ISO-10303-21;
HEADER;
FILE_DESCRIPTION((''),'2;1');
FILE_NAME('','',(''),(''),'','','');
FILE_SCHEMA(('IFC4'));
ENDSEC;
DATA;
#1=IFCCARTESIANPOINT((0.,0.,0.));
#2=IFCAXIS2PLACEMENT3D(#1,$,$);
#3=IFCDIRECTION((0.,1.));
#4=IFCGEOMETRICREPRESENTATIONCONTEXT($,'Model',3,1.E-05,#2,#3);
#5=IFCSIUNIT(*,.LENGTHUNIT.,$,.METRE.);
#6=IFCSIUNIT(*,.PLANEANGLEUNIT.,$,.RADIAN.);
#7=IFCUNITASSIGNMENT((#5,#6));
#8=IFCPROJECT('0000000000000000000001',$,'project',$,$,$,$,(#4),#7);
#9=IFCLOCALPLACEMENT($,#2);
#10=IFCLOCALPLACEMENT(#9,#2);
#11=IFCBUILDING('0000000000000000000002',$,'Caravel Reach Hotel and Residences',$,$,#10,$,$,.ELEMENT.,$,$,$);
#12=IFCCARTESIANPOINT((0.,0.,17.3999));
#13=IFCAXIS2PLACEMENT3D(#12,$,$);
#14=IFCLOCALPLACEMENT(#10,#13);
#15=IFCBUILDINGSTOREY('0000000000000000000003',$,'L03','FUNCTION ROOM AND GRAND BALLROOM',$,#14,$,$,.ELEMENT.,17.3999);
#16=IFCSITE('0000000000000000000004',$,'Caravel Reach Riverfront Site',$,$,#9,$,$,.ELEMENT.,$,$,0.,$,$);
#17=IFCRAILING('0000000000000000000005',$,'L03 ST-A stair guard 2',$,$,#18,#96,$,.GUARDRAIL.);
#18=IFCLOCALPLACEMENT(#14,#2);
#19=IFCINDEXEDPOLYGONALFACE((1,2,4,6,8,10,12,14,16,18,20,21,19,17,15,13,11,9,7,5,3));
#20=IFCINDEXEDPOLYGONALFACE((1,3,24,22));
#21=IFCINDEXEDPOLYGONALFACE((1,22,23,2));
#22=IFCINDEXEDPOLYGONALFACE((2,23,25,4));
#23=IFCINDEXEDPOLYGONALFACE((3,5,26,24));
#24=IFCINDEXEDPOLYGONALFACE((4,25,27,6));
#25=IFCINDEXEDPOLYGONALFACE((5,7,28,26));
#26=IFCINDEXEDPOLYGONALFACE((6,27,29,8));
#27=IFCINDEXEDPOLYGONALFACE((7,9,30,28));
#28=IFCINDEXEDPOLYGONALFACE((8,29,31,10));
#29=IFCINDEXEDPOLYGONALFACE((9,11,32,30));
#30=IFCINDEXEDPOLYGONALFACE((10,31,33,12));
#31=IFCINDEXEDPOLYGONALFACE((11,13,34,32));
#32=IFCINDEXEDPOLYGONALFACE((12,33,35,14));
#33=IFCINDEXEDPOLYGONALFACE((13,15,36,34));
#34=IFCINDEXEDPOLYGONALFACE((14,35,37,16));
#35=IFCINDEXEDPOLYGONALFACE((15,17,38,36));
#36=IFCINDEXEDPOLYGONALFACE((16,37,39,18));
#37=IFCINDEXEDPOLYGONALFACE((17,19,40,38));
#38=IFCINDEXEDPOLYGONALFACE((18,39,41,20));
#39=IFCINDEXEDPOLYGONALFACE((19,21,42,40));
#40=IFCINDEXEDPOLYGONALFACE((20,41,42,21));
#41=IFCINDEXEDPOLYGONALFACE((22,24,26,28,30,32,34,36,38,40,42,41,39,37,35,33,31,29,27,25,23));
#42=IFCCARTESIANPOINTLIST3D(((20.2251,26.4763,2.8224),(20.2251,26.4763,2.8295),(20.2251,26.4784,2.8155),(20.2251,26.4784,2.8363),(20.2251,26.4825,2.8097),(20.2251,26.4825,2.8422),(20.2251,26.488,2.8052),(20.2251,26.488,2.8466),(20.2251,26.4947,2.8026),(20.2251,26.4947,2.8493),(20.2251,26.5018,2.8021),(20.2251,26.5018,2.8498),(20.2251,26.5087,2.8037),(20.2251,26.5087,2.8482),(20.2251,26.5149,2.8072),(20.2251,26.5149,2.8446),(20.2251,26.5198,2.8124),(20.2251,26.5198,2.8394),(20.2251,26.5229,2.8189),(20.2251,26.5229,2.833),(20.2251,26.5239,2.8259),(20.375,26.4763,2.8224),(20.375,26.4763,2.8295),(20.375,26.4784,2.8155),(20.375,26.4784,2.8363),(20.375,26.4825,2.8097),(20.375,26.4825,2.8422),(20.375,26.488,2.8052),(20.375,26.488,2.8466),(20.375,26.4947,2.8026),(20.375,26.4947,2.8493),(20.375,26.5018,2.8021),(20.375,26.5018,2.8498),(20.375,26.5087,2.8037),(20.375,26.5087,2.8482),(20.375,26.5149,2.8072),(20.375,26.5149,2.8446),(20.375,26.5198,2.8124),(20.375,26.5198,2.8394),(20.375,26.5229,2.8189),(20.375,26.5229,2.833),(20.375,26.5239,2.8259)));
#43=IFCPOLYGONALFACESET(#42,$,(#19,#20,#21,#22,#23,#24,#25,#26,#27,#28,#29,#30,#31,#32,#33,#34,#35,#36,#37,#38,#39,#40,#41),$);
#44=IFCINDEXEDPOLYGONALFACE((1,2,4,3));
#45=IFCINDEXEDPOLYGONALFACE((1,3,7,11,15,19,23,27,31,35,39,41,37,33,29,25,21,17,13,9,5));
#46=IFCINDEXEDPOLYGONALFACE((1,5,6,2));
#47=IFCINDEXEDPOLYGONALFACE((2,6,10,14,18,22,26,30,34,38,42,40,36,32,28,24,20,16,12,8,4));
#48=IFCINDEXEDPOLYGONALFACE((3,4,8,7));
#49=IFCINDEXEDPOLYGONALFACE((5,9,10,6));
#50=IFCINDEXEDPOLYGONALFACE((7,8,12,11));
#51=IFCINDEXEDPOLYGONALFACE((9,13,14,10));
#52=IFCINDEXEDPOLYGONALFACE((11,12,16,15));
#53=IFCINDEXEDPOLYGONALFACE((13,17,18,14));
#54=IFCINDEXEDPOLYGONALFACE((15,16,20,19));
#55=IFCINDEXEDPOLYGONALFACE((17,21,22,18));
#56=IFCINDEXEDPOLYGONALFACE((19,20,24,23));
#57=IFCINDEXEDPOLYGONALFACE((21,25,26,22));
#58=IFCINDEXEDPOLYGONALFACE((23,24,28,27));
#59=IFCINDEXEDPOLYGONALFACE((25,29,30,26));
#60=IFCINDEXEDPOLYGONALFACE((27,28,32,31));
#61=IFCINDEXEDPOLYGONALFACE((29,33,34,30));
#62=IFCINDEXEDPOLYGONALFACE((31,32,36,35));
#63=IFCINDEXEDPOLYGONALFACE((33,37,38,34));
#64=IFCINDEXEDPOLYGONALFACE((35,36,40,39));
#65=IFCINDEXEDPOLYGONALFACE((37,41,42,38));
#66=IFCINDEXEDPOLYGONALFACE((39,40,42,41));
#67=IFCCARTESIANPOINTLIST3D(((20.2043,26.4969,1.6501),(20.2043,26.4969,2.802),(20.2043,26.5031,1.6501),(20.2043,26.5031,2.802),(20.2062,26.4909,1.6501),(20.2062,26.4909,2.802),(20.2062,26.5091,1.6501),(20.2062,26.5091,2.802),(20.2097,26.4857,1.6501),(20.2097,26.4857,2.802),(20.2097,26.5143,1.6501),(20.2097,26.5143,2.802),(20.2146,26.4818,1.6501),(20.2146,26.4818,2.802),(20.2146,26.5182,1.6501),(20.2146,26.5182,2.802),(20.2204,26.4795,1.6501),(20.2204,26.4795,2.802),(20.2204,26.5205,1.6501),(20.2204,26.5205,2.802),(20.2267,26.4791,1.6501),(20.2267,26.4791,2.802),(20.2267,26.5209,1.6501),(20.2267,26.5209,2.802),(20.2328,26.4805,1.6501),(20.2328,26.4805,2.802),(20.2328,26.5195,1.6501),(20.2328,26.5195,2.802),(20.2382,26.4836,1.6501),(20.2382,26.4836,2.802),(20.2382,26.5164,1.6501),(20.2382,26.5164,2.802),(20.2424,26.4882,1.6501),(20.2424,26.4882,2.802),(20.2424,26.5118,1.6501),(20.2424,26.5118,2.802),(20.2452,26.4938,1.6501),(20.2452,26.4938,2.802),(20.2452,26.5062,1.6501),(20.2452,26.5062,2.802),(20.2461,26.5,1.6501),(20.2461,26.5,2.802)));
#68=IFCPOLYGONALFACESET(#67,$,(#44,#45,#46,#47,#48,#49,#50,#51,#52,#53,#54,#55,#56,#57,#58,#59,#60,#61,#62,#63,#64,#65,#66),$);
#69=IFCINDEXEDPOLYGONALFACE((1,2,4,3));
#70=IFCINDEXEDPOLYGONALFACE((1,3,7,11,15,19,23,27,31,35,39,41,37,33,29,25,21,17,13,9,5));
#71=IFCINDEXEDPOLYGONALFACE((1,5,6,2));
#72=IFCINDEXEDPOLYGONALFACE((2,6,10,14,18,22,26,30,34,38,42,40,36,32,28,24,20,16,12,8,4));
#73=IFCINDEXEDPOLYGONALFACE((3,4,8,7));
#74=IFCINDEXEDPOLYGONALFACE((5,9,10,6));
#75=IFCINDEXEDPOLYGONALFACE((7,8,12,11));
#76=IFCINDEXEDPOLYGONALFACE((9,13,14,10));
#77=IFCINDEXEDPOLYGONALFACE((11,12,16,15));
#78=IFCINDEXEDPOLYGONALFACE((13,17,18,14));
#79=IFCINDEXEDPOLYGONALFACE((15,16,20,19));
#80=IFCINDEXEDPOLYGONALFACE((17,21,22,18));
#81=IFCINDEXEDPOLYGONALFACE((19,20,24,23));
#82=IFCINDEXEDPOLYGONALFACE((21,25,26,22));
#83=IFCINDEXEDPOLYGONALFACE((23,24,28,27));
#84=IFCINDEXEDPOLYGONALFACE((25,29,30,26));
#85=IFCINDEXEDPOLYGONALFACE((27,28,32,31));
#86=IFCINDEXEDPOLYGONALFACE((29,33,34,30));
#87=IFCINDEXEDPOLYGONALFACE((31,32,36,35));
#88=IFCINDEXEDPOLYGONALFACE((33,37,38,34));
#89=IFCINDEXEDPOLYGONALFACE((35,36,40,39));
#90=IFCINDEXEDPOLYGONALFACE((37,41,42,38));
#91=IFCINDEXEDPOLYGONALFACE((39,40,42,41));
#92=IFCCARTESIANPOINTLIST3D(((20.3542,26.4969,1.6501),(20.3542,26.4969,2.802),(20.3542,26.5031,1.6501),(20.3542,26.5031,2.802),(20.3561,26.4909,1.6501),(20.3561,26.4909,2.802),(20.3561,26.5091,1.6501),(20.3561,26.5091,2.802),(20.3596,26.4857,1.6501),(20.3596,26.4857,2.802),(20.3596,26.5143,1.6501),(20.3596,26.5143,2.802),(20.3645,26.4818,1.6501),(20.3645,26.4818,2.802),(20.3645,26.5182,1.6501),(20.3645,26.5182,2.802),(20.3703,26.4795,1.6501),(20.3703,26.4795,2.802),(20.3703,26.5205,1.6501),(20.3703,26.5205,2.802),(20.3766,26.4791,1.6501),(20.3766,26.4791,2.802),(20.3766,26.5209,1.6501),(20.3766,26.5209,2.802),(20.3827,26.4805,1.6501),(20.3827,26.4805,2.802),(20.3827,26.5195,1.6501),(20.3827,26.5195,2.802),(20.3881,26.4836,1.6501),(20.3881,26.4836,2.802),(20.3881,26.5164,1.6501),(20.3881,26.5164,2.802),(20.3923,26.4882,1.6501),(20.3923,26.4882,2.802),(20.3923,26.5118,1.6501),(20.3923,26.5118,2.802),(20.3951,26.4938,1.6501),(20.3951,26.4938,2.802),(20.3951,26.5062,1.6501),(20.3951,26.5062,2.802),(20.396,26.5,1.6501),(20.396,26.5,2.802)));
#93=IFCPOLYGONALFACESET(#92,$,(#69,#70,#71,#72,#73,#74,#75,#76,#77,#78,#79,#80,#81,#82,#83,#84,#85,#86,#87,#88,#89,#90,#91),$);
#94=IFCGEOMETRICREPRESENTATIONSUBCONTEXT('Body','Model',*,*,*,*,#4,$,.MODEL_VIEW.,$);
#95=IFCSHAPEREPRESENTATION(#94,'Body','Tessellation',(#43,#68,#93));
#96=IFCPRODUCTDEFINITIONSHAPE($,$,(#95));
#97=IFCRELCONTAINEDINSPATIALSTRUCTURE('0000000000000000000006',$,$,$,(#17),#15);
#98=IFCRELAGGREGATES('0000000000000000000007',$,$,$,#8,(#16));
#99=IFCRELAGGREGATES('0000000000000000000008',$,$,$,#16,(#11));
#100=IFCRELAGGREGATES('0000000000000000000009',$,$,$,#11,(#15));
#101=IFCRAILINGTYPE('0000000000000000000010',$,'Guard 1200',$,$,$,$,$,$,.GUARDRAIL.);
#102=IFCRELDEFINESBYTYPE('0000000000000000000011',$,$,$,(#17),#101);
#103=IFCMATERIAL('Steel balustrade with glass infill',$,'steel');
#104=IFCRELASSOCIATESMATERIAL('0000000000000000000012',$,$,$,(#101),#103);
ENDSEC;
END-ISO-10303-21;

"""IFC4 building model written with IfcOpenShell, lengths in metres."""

from ifc_helpers import new_model, si_unit, direction, frame, origin, origin_2d, place, context, subcontext, project, spatial, circle, extrude, material, type_object, element, save


model = new_model("IFC4")

# Units and contexts
model_context = context("Model", 3, precision=1e-05, world=origin(), true_north=direction((0.0, 1.0)))
body_context = subcontext(model_context, "Body", "Model", "MODEL_VIEW")
ifc_project = project(units=[si_unit("LENGTHUNIT", "METRE"), si_unit("PLANEANGLEUNIT", "RADIAN")], contexts=[model_context])

# Site, building, storey
site_placement = place(None, origin())
site = spatial("IfcSite", under=ifc_project, at=site_placement, Name="Caravel Reach Riverfront Site", CompositionType="ELEMENT", RefElevation=0.0)
building_placement = place(site_placement, origin())
building = spatial("IfcBuilding", under=site, at=building_placement, Name="Caravel Reach Hotel and Residences", CompositionType="ELEMENT")
storey_placement = place(building_placement, frame((0.0, 0.0, 17.3999)))
storey = spatial("IfcBuildingStorey", under=building, at=storey_placement, Name="L03", Description="FUNCTION ROOM AND GRAND BALLROOM", CompositionType="ELEMENT", Elevation=17.3999)

# Railing
ifc_material_1 = material(Name="Steel balustrade with glass infill", Category="steel")
railing_type = type_object("IfcRailingType", Name="Guard 1200", PredefinedType="GUARDRAIL", material=ifc_material_1)
railing_1_placement = place(storey_placement, frame((20.2251, 26.5, 1.6501)))
element("IfcRailing", 1, at=railing_1_placement, inside=storey, type_object=railing_type, Name="L03 ST-A stair guard 2", PredefinedType="GUARDRAIL", context=body_context, shape_type="SweptSolid", body=[
    extrude(circle(Radius=0.0239, at=origin_2d()), frame((0.0, 0.0, 1.1758), z_axis=(1.0, 0.0, 0.0), x_axis=(0.0, 1.0, 0.0)), (0.0, 0.0, 1.0), 0.1499),
    extrude(circle(Radius=0.021, at=origin_2d()), origin(), (0.0, 0.0, 1.0), 1.1519),
    extrude(circle(Radius=0.021, at=origin_2d()), frame((0.1499, 0.0, 0.0)), (0.0, 0.0, 1.0), 1.1519),
])

save(model, "model.ifc")
